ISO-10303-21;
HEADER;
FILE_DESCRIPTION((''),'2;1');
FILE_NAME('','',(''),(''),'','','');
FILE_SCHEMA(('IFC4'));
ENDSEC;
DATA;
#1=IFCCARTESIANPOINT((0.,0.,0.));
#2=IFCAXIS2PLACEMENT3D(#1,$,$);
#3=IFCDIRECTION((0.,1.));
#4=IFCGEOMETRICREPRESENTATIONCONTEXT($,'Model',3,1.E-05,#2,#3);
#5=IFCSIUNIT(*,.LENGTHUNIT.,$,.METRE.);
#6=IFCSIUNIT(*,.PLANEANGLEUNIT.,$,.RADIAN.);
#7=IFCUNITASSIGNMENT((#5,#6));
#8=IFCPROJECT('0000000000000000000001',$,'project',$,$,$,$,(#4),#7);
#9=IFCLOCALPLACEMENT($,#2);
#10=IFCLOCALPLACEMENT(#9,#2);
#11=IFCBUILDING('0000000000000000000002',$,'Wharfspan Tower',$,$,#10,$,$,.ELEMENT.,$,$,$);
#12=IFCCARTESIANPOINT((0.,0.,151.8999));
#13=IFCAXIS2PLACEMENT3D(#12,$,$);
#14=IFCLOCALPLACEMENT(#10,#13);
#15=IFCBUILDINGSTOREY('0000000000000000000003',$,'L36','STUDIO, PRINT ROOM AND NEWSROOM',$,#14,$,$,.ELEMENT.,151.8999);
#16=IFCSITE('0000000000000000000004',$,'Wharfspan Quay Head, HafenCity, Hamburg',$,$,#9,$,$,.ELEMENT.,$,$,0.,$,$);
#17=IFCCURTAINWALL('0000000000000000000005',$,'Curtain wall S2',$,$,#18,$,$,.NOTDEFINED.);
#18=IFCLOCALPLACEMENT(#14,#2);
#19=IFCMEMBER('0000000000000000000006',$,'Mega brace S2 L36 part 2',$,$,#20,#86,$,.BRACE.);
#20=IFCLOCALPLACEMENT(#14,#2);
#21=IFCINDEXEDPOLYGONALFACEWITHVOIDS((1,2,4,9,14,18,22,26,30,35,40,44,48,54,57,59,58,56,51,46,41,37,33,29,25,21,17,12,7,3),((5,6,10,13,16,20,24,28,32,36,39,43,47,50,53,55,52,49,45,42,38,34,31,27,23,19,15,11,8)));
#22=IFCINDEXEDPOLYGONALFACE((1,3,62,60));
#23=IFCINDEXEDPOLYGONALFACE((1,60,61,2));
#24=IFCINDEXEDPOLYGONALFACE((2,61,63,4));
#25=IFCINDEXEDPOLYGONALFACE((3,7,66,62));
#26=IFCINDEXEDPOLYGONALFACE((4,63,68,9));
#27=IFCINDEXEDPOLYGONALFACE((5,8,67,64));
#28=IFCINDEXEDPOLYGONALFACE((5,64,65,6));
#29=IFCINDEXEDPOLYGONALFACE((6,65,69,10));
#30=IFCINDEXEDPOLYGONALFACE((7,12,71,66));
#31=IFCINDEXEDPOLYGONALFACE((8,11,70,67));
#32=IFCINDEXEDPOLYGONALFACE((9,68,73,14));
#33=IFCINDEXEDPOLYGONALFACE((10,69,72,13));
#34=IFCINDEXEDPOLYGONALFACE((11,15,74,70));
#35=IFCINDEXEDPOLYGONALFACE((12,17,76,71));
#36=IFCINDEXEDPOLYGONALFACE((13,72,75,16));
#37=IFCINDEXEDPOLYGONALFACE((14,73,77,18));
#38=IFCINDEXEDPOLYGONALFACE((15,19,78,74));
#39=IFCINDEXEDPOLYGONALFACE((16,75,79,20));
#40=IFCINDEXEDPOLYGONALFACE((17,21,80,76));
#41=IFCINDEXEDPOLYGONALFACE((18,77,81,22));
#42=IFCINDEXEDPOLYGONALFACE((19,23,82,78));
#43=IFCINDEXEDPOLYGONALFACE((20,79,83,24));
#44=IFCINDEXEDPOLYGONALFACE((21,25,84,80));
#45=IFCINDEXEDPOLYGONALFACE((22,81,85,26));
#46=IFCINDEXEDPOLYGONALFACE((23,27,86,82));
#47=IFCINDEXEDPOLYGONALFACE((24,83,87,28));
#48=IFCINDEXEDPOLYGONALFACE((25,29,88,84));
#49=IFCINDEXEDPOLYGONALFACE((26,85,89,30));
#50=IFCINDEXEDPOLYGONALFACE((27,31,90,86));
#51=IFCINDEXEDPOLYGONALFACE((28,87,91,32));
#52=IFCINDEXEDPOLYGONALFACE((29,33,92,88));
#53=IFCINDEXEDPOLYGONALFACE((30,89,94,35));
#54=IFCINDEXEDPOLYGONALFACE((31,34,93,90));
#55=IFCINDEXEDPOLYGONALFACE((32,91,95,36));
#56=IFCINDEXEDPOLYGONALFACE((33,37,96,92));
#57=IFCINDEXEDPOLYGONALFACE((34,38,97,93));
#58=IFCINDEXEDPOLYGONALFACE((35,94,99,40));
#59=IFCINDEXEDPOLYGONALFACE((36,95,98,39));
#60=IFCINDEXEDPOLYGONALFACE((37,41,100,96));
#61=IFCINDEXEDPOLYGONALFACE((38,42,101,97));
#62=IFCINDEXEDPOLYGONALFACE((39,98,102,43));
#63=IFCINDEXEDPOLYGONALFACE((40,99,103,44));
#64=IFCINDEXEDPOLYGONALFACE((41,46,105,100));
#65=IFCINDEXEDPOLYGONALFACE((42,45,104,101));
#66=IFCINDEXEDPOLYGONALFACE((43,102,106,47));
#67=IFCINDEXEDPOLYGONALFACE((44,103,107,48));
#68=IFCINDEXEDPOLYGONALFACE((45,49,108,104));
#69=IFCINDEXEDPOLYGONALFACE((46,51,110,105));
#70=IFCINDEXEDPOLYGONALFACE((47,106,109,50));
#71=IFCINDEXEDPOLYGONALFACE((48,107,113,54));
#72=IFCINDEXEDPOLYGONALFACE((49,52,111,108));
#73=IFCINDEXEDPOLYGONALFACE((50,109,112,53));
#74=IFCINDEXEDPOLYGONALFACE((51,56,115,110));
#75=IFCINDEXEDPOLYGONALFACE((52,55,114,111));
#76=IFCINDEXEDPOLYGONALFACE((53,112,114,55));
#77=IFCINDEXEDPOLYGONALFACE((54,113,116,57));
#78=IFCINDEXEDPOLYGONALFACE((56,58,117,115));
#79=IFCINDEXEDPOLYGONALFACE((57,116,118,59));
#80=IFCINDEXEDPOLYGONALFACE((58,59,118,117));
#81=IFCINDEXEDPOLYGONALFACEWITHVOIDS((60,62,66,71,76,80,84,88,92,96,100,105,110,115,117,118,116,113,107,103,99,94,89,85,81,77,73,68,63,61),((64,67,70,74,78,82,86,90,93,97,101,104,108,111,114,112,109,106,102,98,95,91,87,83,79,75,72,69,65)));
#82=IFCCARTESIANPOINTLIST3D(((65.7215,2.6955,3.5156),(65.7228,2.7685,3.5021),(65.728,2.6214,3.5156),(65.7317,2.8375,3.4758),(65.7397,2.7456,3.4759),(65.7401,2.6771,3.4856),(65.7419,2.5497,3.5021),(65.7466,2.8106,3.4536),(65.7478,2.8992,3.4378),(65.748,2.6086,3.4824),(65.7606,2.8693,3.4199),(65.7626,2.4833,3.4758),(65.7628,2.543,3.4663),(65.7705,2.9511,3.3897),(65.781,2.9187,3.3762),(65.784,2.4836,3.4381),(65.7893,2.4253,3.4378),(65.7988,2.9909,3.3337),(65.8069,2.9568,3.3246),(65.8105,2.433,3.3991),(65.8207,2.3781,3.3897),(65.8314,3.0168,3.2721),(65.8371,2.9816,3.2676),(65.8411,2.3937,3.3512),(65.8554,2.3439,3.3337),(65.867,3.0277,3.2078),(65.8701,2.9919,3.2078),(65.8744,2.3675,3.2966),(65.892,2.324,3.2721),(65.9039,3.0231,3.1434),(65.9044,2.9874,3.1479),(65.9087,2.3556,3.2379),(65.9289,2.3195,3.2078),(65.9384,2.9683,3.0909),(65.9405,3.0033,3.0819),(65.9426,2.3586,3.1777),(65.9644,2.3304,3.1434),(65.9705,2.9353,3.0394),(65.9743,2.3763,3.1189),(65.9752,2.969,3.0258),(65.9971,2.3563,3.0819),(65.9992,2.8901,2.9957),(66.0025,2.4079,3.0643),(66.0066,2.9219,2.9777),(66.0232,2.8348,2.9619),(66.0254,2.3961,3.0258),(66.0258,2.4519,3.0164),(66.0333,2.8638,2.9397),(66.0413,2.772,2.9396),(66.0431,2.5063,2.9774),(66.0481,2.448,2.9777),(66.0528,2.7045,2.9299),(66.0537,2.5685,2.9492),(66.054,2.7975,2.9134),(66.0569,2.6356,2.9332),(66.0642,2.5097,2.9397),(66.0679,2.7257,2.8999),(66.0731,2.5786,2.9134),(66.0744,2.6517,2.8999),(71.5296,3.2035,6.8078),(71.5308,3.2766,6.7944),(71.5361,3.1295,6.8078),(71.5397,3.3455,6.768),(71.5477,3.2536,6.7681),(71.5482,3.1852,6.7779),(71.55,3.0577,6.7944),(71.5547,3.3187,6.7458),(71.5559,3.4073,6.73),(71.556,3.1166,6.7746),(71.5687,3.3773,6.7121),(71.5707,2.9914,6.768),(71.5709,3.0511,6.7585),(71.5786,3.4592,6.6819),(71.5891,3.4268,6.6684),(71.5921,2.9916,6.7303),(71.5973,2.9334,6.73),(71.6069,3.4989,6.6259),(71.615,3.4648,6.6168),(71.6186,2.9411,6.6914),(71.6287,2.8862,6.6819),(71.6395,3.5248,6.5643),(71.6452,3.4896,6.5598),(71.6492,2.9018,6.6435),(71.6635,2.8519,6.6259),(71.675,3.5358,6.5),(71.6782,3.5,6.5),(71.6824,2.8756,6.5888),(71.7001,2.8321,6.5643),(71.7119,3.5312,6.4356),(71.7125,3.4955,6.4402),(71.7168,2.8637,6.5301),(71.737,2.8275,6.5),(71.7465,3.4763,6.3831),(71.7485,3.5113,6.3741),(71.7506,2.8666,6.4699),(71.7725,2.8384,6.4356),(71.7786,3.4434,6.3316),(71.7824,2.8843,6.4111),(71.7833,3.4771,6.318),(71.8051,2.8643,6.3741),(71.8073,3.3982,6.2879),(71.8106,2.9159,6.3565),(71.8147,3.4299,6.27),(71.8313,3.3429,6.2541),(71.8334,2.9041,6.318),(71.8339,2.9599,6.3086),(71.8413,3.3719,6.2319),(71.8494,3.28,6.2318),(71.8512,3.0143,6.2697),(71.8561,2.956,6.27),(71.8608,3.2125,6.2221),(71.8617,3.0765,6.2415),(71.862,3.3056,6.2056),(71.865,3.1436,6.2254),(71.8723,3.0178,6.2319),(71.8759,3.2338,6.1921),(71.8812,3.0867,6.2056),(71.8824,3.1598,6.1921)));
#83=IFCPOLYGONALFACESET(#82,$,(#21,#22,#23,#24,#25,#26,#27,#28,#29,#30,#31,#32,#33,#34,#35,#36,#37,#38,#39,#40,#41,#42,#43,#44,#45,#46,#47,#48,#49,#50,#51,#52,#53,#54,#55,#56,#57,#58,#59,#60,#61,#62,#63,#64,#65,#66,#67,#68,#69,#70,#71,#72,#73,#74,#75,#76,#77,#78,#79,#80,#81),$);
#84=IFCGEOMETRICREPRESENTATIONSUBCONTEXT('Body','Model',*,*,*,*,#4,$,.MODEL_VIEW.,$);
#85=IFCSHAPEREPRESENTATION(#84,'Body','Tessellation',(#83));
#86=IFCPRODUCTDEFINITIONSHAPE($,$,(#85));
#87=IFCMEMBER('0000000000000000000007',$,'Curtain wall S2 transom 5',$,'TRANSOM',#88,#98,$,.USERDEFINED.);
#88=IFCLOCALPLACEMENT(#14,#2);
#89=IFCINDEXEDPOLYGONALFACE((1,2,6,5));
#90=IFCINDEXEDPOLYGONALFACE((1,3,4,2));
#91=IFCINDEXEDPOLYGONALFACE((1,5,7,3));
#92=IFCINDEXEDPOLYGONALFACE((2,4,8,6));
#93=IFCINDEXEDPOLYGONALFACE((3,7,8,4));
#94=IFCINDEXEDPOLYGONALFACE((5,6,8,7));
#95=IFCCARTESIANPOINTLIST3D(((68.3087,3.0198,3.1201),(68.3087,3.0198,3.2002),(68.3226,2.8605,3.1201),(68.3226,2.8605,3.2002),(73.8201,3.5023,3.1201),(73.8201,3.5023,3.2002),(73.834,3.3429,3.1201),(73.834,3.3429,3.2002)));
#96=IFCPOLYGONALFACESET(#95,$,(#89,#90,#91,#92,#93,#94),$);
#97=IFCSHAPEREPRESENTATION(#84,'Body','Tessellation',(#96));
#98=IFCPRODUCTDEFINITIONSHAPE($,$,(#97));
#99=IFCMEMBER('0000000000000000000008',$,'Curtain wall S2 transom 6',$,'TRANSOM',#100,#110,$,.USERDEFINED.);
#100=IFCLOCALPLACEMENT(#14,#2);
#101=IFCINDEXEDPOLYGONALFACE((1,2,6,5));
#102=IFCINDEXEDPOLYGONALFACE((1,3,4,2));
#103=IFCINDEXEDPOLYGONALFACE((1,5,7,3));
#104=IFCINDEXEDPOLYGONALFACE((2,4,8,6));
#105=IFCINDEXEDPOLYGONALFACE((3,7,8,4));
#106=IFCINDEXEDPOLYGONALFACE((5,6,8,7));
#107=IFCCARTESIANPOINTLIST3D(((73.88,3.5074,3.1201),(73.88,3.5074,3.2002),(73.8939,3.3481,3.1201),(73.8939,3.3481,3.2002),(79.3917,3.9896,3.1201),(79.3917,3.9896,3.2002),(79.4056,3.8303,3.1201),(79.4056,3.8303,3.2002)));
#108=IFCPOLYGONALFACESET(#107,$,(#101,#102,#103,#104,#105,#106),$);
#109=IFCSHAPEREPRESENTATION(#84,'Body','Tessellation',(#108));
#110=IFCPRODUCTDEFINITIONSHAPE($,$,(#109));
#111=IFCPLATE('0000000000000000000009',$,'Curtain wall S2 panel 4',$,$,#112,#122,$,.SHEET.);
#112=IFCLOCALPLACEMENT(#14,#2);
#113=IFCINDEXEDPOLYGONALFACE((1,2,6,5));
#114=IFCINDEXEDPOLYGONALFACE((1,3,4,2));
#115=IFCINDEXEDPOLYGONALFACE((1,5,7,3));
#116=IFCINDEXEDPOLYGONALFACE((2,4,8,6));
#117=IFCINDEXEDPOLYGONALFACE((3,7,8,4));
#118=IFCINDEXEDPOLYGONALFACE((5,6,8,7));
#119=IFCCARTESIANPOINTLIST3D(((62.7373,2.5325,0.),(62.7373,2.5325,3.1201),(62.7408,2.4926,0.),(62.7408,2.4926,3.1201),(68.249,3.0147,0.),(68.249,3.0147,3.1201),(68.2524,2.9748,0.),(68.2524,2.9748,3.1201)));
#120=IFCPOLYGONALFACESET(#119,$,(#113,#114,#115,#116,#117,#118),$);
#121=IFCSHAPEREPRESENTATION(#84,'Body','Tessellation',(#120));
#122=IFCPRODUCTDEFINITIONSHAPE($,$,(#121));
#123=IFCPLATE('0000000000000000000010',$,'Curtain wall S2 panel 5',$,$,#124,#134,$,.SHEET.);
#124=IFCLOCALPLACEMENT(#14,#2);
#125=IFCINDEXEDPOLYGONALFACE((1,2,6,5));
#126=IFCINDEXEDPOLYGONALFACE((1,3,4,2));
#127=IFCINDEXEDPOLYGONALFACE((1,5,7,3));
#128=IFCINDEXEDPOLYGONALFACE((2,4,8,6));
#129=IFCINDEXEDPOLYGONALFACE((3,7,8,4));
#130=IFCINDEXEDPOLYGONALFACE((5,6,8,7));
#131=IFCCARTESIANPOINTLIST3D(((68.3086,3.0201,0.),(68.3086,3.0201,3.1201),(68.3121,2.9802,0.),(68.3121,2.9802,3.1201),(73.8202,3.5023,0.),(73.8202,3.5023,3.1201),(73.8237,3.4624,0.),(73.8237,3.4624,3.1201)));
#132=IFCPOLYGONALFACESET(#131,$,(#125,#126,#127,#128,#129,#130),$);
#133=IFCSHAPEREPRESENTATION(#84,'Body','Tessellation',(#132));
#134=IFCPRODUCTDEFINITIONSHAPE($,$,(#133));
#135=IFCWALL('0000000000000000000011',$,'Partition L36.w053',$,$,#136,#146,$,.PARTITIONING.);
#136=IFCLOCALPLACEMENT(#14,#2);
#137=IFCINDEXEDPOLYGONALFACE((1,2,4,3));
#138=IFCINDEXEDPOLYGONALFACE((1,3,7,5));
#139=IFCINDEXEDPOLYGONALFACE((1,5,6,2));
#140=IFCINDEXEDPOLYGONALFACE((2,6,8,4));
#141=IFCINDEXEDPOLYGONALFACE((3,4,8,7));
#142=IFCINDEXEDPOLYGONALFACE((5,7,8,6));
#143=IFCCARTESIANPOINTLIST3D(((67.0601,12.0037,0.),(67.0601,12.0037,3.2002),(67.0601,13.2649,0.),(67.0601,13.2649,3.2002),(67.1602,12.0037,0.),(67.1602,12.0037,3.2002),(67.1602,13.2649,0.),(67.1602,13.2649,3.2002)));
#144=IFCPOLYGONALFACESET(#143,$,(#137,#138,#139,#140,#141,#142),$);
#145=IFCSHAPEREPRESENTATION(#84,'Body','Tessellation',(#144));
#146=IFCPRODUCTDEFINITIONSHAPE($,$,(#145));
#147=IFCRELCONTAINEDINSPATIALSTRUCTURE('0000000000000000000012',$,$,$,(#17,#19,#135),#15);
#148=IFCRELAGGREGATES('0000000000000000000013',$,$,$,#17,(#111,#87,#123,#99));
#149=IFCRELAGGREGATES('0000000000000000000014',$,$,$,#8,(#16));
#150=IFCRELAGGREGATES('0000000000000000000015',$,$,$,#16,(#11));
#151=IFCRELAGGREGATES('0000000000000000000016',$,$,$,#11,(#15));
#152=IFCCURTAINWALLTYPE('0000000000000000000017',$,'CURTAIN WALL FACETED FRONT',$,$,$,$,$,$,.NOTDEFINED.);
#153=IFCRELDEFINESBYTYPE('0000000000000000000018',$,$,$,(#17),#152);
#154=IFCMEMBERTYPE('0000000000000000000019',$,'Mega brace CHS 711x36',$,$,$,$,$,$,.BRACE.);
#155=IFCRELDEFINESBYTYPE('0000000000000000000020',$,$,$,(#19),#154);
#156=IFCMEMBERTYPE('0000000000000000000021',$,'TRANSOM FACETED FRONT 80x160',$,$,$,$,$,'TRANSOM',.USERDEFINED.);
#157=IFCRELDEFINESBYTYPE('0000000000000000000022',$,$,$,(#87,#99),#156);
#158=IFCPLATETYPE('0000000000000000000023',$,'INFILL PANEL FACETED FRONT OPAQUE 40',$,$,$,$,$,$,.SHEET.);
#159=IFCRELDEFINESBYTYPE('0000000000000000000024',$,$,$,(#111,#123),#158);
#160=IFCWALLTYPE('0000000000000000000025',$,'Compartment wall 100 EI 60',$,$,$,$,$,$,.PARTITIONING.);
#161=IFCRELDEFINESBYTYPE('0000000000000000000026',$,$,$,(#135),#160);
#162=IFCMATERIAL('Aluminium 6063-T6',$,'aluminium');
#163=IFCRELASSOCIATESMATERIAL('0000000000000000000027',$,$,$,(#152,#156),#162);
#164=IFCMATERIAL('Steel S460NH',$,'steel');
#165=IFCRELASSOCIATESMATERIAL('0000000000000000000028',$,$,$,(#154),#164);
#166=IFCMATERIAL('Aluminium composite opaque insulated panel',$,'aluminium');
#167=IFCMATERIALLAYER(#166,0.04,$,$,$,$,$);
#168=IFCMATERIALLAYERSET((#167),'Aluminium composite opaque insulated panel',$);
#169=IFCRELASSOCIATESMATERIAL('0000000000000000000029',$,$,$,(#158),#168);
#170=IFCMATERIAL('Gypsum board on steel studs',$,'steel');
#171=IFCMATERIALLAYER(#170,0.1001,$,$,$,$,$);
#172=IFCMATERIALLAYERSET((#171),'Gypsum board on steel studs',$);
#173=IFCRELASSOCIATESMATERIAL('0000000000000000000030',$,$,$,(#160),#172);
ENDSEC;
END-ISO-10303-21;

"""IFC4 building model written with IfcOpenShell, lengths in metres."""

from ifc_helpers import new_model, si_unit, direction, frame, frame_2d, origin, origin_2d, place, context, subcontext, project, spatial, rectangle, hollow_circle, extrude, material, layer, layer_set, material_profile, profile_set, type_object, element, aggregate, save


model = new_model("IFC4")

# Units and contexts
model_context = context("Model", 3, precision=1e-05, world=origin(), true_north=direction((0.0, 1.0)))
body_context = subcontext(model_context, "Body", "Model", "MODEL_VIEW")
ifc_project = project(units=[si_unit("LENGTHUNIT", "METRE"), si_unit("PLANEANGLEUNIT", "RADIAN")], contexts=[model_context])

# Site, building, storey
site_placement = place(None, origin())
site = spatial("IfcSite", under=ifc_project, at=site_placement, Name="Wharfspan Quay Head, HafenCity, Hamburg", CompositionType="ELEMENT", RefElevation=0.0)
building_placement = place(site_placement, origin())
building = spatial("IfcBuilding", under=site, at=building_placement, Name="Wharfspan Tower", CompositionType="ELEMENT")
storey_placement = place(building_placement, frame((0.0, 0.0, 151.8999)))
storey = spatial("IfcBuildingStorey", under=building, at=storey_placement, Name="L36", Description="STUDIO, PRINT ROOM AND NEWSROOM", CompositionType="ELEMENT", Elevation=151.8999)

# Curtain wall
ifc_material_1 = material(Name="Aluminium 6063-T6", Category="aluminium")
curtain_wall_type = type_object("IfcCurtainWallType", Name="CURTAIN WALL FACETED FRONT", PredefinedType="NOTDEFINED", material=ifc_material_1)
curtain_wall_placement = place(storey_placement, origin())
curtain_wall = element("IfcCurtainWall", 1, at=curtain_wall_placement, inside=storey, type_object=curtain_wall_type, Name="Curtain wall S2", PredefinedType="NOTDEFINED")

# Members
ifc_material_2 = material(Name="Steel S460NH", Category="steel")
ifc_material_profile_1 = material_profile(ifc_material_2, hollow_circle(Radius=0.3555, WallThickness=0.0359, at=origin_2d()))
ifc_profile_set_1 = profile_set([ifc_material_profile_1], Name="Steel S460NH")
member_type_1 = type_object("IfcMemberType", Name="Mega brace CHS 711x36", PredefinedType="BRACE", material=ifc_profile_set_1)
member_1_placement = place(storey_placement, frame((65.8979, 2.6736, 3.2078), z_axis=(0.867451, 0.075879, 0.491702), x_axis=(-0.087142, 0.996197, 0.000002)))
element("IfcMember", 2, at=member_1_placement, inside=storey, type_object=member_type_1, Name="Mega brace S2 L36 part 2", PredefinedType="BRACE", context=body_context, shape_type="SweptSolid", body=[
    extrude(hollow_circle(Radius=0.3555, WallThickness=0.0359, at=origin_2d()), origin(), (0.0, 0.0, 1.0), 6.6956),
])
ifc_material_profile_2 = material_profile(ifc_material_1, rectangle(XDim=0.1599, YDim=0.0801, at=origin_2d()))
ifc_profile_set_2 = profile_set([ifc_material_profile_2], Name="Aluminium 6063-T6")
member_type_2 = type_object("IfcMemberType", Name="TRANSOM FACETED FRONT 80x160", ElementType="TRANSOM", PredefinedType="USERDEFINED", material=ifc_profile_set_2)
member_2_placement = place(storey_placement, frame((68.3157, 2.9402, 3.1602), z_axis=(0.996191, 0.087197, 0.0), x_axis=(-0.087197, 0.996191, 0.0)))
member_2 = element("IfcMember", 3, at=member_2_placement, type_object=member_type_2, Name="Curtain wall S2 transom 5", ObjectType="TRANSOM", PredefinedType="USERDEFINED", context=body_context, shape_type="SweptSolid", body=[
    extrude(rectangle(XDim=0.1599, YDim=0.0801, at=origin_2d()), origin(), (0.0, 0.0, 1.0), 5.5325),
])
member_3_placement = place(storey_placement, frame((73.887, 3.4277, 3.1602), z_axis=(0.996195, 0.087149, 0.0), x_axis=(-0.087149, 0.996195, 0.0)))
member_3 = element("IfcMember", 4, at=member_3_placement, type_object=member_type_2, Name="Curtain wall S2 transom 6", ObjectType="TRANSOM", PredefinedType="USERDEFINED", context=body_context, shape_type="SweptSolid", body=[
    extrude(rectangle(XDim=0.1599, YDim=0.0801, at=origin_2d()), origin(), (0.0, 0.0, 1.0), 5.5327),
])

# Plates
ifc_material_3 = material(Name="Aluminium composite opaque insulated panel", Category="aluminium")
ifc_layer_1 = layer(ifc_material_3, 0.04)
ifc_layer_set_1 = layer_set([ifc_layer_1], Name="Aluminium composite opaque insulated panel")
plate_type = type_object("IfcPlateType", Name="INFILL PANEL FACETED FRONT OPAQUE 40", PredefinedType="SHEET", material=ifc_layer_set_1)
plate_1_placement = place(storey_placement, frame((65.4949, 2.7537, 0.0), z_axis=(0.0, 0.0, 1.0), x_axis=(0.996198, 0.087156, 0.0)))
plate_1 = element("IfcPlate", 5, at=plate_1_placement, type_object=plate_type, Name="Curtain wall S2 panel 4", PredefinedType="SHEET", context=body_context, shape_type="SweptSolid", body=[
    extrude(rectangle(XDim=5.5327, YDim=0.04, at=origin_2d()), origin(), (0.0, 0.0, 1.0), 3.1201),
])
plate_2_placement = place(storey_placement, frame((71.0662, 3.2412, 0.0), z_axis=(0.0, 0.0, 1.0), x_axis=(0.996198, 0.087156, 0.0)))
plate_2 = element("IfcPlate", 6, at=plate_2_placement, type_object=plate_type, Name="Curtain wall S2 panel 5", PredefinedType="SHEET", context=body_context, shape_type="SweptSolid", body=[
    extrude(rectangle(XDim=5.5327, YDim=0.04, at=origin_2d()), origin(), (0.0, 0.0, 1.0), 3.1201),
])
aggregate(curtain_wall, [plate_1, member_2, plate_2, member_3])

# Wall
ifc_material_4 = material(Name="Gypsum board on steel studs", Category="steel")
ifc_layer_2 = layer(ifc_material_4, 0.1001)
ifc_layer_set_2 = layer_set([ifc_layer_2], Name="Gypsum board on steel studs")
wall_type_1 = type_object("IfcWallType", Name="Compartment wall 100 EI 60", PredefinedType="PARTITIONING", material=ifc_layer_set_2)
wall_1_placement = place(storey_placement, frame((67.1101, 12.0037, 0.0), z_axis=(0.0, 0.0, 1.0), x_axis=(0.0, 1.0, 0.0)))
element("IfcWall", 7, at=wall_1_placement, inside=storey, type_object=wall_type_1, Name="Partition L36.w053", PredefinedType="PARTITIONING", context=body_context, shape_type="SweptSolid", body=[
    extrude(rectangle(XDim=1.2612, YDim=0.1001, at=frame_2d((0.6306, 0.0))), origin(), (0.0, 0.0, 1.0), 3.2002),
])

save(model, "model.ifc")
